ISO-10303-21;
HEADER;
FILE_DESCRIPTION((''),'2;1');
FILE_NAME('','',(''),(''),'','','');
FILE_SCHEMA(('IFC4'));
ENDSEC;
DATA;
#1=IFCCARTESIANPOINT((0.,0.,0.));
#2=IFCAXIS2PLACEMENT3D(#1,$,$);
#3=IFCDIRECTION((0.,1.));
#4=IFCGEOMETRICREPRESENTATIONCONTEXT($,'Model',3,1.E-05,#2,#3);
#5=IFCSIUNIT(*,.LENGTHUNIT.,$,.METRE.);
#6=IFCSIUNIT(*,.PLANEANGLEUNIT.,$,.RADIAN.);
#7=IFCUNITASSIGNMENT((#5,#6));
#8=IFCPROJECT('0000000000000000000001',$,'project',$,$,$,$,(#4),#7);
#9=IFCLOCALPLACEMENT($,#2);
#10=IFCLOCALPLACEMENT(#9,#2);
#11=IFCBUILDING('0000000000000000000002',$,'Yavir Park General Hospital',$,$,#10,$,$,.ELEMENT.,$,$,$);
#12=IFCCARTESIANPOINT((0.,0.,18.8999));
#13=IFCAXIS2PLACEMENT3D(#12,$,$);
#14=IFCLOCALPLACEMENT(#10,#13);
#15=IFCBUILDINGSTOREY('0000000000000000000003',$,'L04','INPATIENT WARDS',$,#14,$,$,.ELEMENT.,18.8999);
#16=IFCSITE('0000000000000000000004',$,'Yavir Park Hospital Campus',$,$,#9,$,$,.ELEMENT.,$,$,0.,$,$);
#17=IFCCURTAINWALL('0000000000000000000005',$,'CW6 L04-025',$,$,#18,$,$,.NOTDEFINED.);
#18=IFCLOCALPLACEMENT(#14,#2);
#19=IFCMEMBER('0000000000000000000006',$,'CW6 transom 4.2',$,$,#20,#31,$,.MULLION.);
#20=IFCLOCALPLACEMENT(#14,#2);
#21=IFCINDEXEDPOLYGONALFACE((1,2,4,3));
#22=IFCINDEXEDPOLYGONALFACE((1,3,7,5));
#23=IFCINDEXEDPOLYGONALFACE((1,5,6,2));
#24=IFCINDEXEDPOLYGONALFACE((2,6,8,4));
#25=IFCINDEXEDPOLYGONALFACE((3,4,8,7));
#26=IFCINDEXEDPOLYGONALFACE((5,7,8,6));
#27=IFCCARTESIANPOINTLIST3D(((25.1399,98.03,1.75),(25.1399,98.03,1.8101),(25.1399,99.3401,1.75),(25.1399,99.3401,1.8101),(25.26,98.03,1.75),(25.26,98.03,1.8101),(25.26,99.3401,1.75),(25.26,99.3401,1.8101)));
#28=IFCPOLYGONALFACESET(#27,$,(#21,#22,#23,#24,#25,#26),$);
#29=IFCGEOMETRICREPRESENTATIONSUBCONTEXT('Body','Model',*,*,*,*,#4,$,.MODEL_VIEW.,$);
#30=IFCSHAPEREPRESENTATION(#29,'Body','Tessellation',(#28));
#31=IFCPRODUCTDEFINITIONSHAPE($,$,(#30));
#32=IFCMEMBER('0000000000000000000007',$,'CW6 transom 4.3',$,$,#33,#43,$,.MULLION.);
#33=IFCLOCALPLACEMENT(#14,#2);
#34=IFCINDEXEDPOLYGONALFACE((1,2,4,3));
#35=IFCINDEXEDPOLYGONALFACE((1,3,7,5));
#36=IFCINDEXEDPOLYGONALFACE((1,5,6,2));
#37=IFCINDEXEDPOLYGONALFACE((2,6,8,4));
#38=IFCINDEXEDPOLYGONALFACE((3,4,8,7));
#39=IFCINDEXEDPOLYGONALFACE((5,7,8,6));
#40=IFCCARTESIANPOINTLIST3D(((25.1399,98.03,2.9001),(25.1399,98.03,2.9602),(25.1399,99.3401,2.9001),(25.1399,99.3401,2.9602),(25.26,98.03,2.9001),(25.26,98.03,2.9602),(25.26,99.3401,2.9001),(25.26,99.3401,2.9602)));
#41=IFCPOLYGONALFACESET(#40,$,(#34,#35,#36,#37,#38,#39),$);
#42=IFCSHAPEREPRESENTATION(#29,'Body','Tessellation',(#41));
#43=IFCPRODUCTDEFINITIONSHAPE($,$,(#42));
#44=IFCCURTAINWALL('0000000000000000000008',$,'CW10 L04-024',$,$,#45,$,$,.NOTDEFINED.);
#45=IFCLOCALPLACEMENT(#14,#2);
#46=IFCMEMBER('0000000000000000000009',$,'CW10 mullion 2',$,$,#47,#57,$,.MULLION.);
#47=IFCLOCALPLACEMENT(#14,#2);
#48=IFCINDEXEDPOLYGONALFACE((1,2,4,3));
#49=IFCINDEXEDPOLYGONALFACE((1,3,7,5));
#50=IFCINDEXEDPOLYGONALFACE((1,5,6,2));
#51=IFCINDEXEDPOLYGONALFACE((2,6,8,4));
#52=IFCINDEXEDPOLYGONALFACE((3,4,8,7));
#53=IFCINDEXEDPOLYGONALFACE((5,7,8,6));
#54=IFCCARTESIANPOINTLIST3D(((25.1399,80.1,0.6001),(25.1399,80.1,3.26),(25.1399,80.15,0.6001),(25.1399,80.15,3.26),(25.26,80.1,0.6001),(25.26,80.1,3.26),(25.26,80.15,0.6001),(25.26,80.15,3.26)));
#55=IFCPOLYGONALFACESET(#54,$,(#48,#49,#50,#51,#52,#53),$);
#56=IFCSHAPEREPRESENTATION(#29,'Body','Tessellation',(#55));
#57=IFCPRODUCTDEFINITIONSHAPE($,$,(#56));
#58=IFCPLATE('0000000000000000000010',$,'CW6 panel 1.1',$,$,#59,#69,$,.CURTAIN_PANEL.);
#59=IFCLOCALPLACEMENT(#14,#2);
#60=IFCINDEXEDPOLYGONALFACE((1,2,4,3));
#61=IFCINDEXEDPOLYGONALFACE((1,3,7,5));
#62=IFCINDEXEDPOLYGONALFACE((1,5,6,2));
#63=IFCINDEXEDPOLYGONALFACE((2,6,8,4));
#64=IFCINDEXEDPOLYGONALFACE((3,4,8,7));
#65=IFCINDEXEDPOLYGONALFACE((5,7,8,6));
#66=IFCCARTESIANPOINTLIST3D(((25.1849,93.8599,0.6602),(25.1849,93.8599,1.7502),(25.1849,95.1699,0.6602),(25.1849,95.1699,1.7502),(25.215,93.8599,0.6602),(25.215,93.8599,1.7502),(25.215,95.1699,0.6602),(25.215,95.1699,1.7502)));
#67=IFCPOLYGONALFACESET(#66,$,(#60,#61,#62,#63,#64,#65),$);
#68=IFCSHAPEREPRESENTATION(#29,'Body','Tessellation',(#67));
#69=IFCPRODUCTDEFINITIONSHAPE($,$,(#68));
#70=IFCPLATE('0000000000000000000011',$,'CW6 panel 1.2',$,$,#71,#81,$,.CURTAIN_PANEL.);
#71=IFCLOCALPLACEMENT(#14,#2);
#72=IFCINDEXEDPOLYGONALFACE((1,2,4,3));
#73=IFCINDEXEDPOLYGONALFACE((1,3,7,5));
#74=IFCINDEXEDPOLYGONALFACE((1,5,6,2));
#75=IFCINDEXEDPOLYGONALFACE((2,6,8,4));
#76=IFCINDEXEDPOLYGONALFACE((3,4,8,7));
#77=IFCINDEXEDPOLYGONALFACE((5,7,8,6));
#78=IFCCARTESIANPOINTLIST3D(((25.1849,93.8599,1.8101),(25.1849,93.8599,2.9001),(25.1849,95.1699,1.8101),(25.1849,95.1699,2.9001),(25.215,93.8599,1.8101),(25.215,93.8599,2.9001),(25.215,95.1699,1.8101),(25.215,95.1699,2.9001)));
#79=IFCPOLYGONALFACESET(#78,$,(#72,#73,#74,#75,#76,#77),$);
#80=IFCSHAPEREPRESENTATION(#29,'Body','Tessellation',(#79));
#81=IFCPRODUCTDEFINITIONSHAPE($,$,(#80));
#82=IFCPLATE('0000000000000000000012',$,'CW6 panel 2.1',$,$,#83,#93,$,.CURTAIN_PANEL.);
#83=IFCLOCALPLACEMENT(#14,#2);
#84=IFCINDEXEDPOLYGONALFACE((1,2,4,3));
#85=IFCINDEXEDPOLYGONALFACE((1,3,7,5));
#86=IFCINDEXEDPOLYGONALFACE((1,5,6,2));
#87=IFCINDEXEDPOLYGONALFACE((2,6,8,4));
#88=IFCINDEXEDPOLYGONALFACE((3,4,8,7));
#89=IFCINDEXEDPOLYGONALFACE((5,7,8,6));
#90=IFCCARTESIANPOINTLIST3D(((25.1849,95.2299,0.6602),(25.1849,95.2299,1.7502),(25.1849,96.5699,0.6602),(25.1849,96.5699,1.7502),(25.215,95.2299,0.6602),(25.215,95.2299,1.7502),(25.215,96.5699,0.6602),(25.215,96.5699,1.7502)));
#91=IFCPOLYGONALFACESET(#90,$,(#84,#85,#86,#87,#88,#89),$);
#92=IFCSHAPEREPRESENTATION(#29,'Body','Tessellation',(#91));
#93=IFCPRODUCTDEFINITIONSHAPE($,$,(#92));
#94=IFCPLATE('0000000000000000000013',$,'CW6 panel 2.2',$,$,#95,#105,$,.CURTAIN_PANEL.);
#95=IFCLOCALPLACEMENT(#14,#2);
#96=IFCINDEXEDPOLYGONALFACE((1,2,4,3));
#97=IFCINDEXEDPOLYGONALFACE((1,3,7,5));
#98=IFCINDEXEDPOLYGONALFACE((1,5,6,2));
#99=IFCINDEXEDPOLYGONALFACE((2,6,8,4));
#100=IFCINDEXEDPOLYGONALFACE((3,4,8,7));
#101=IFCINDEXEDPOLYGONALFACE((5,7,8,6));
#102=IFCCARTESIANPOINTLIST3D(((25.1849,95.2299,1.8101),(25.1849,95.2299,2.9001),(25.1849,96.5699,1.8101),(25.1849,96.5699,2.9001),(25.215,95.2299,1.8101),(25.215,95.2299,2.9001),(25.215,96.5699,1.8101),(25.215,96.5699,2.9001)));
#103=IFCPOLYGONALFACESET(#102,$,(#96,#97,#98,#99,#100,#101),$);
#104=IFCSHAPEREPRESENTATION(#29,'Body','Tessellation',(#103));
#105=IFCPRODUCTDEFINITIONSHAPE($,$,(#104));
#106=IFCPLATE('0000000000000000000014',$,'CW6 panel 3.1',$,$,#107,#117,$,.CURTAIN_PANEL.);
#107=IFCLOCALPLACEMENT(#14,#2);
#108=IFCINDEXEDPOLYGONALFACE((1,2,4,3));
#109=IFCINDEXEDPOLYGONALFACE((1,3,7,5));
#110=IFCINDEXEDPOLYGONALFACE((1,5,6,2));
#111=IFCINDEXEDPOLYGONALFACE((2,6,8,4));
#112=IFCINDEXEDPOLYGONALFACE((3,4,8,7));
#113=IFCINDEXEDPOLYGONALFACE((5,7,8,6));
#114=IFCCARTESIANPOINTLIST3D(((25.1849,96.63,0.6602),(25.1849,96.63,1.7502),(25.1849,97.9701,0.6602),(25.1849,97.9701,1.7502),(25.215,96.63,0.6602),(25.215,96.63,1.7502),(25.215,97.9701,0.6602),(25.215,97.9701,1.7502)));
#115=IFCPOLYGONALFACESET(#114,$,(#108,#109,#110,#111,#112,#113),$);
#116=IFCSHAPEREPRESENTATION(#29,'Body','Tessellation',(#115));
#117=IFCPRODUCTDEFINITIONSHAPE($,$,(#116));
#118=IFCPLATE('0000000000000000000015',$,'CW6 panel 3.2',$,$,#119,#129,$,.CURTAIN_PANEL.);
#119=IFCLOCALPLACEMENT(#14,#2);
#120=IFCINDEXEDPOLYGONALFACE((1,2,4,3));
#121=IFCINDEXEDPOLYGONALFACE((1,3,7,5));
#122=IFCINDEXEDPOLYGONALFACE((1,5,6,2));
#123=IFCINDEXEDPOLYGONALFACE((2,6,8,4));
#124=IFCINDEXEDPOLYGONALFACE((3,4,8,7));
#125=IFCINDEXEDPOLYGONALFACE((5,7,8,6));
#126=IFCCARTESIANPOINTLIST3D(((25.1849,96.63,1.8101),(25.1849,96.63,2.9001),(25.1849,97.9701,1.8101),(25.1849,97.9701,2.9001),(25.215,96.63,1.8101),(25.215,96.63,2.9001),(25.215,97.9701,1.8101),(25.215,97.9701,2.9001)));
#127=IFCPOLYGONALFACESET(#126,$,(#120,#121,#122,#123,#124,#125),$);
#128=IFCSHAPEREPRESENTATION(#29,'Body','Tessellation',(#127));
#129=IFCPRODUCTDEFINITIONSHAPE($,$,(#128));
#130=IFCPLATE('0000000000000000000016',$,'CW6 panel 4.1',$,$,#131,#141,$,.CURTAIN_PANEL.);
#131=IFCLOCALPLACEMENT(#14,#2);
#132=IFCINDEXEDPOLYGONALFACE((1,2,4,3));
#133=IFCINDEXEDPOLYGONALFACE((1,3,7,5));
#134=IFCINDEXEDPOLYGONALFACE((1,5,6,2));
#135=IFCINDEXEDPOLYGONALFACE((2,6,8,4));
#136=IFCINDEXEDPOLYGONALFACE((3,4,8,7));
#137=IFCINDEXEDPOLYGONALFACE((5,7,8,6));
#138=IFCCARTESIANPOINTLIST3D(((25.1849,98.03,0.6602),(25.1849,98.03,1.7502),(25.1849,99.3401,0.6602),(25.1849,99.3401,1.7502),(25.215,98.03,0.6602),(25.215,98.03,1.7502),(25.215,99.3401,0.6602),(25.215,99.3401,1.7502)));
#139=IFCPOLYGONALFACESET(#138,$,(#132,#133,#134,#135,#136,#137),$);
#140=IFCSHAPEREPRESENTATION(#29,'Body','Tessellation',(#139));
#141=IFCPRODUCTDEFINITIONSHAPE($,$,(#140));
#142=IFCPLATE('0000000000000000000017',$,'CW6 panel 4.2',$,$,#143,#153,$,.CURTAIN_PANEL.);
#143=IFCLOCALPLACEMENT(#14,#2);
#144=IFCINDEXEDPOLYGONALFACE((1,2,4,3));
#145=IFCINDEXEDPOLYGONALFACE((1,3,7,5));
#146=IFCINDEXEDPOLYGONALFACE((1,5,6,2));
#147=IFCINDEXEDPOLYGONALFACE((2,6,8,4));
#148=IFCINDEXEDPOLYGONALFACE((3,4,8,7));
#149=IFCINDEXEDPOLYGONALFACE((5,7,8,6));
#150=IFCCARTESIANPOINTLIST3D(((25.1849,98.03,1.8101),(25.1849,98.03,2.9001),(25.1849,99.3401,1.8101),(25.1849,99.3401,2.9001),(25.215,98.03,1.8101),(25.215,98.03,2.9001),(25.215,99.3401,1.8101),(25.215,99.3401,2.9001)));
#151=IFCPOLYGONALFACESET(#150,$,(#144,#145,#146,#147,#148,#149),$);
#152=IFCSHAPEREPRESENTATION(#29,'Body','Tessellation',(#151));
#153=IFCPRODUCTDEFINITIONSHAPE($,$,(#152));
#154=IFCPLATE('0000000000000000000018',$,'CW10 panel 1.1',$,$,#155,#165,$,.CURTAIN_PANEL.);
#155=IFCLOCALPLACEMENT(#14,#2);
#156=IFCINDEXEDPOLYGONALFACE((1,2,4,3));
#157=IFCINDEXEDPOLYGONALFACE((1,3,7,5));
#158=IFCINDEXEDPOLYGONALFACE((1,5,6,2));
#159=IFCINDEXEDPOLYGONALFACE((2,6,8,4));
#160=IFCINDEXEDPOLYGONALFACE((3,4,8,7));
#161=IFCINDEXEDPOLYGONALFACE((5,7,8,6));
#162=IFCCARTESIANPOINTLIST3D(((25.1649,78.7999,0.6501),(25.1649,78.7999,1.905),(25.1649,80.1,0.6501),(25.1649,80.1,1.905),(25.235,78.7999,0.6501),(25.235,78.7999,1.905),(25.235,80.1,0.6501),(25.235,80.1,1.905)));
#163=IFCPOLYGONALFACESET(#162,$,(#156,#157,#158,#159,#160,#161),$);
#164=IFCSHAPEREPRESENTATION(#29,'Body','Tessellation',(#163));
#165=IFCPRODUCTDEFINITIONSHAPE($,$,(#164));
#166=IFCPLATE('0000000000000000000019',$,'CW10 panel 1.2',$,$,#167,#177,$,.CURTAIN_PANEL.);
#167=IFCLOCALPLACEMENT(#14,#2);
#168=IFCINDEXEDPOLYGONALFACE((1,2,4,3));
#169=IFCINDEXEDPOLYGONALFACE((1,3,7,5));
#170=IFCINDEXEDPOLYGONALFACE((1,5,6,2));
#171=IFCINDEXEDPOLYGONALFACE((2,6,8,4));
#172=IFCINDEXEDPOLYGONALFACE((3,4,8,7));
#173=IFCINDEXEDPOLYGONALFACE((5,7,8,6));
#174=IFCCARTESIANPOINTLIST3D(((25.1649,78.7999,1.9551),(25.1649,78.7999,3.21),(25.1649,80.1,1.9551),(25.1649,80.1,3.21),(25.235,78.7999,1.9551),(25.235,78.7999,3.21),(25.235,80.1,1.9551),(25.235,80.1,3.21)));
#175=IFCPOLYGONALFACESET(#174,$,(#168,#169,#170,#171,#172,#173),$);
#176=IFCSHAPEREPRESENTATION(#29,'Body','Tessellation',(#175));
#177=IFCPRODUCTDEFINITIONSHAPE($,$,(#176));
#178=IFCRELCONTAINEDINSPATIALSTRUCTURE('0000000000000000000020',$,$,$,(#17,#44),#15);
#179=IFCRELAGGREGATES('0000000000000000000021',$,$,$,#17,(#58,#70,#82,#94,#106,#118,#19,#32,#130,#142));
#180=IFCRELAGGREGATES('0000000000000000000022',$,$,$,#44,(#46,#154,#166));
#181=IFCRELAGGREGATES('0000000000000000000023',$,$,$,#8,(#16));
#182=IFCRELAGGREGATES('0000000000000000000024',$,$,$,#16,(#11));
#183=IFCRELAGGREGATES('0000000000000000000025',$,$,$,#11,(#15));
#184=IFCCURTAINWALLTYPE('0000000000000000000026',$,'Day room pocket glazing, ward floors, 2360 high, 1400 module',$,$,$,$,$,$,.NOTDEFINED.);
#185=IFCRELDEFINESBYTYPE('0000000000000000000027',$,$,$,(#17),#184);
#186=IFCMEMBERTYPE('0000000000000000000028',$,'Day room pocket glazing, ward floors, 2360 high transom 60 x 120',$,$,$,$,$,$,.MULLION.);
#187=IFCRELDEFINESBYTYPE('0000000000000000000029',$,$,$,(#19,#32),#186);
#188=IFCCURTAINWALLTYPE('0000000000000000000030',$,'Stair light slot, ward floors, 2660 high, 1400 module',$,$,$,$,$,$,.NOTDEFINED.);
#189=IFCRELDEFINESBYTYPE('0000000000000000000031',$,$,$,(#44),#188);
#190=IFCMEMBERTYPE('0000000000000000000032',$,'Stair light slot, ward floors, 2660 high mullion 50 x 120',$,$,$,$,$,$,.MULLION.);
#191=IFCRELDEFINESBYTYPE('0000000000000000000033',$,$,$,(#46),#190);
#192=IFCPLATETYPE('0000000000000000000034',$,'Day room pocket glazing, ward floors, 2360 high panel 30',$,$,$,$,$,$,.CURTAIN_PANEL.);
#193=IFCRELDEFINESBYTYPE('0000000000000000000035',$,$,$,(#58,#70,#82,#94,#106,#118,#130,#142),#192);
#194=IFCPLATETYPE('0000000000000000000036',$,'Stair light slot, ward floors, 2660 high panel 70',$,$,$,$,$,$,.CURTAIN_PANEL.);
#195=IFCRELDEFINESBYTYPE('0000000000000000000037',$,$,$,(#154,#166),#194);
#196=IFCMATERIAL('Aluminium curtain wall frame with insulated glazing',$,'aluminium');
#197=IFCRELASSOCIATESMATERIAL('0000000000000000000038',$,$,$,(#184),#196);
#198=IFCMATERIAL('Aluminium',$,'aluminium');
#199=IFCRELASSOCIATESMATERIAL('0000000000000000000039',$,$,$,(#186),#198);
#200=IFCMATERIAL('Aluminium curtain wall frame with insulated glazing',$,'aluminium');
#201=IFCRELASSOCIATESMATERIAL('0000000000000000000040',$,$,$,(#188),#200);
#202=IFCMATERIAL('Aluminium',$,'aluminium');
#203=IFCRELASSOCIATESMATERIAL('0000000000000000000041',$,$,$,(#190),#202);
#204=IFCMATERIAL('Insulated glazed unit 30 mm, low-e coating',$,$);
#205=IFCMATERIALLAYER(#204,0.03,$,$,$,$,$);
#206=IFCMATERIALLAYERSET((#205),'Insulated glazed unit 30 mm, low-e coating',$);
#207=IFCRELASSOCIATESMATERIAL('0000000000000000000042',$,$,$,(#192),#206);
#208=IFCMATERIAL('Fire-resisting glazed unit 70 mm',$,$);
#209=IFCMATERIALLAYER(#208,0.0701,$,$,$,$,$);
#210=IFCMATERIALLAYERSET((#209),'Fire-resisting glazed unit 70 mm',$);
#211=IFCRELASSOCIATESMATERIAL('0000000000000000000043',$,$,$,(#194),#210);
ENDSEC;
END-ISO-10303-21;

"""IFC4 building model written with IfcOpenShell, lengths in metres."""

from ifc_helpers import new_model, si_unit, direction, frame, origin, origin_2d, place, context, subcontext, project, spatial, rectangle, extrude, material, layer, layer_set, material_profile, profile_set, type_object, element, aggregate, save


model = new_model("IFC4")

# Units and contexts
model_context = context("Model", 3, precision=1e-05, world=origin(), true_north=direction((0.0, 1.0)))
body_context = subcontext(model_context, "Body", "Model", "MODEL_VIEW")
ifc_project = project(units=[si_unit("LENGTHUNIT", "METRE"), si_unit("PLANEANGLEUNIT", "RADIAN")], contexts=[model_context])

# Site, building, storey
site_placement = place(None, origin())
site = spatial("IfcSite", under=ifc_project, at=site_placement, Name="Yavir Park Hospital Campus", CompositionType="ELEMENT", RefElevation=0.0)
building_placement = place(site_placement, origin())
building = spatial("IfcBuilding", under=site, at=building_placement, Name="Yavir Park General Hospital", CompositionType="ELEMENT")
storey_placement = place(building_placement, frame((0.0, 0.0, 18.8999)))
storey = spatial("IfcBuildingStorey", under=building, at=storey_placement, Name="L04", Description="INPATIENT WARDS", CompositionType="ELEMENT", Elevation=18.8999)

# Curtain wall, members
ifc_material_1 = material(Name="Aluminium curtain wall frame with insulated glazing", Category="aluminium")
curtain_wall_type_1 = type_object("IfcCurtainWallType", Name="Day room pocket glazing, ward floors, 2360 high, 1400 module", PredefinedType="NOTDEFINED", material=ifc_material_1)
curtain_wall_1_placement = place(storey_placement, origin())
curtain_wall_1 = element("IfcCurtainWall", 1, at=curtain_wall_1_placement, inside=storey, type_object=curtain_wall_type_1, Name="CW6 L04-025", PredefinedType="NOTDEFINED")
ifc_material_2 = material(Name="Aluminium", Category="aluminium")
ifc_material_profile_1 = material_profile(ifc_material_2, rectangle(XDim=0.1201, YDim=0.0601, at=origin_2d()), Name="AL 120x60")
ifc_profile_set_1 = profile_set([ifc_material_profile_1], Name="Aluminium")
member_type_1 = type_object("IfcMemberType", Name="Day room pocket glazing, ward floors, 2360 high transom 60 x 120", PredefinedType="MULLION", material=ifc_profile_set_1)
member_1_placement = place(storey_placement, frame((25.2, 98.03, 1.78), z_axis=(0.0, 1.0, 0.0), x_axis=(-1.0, 0.0, 0.0)))
member_1 = element("IfcMember", 2, at=member_1_placement, type_object=member_type_1, Name="CW6 transom 4.2", PredefinedType="MULLION", context=body_context, shape_type="SweptSolid", body=[
    extrude(rectangle(XDim=0.1201, YDim=0.0601, at=origin_2d()), origin(), (0.0, 0.0, 1.0), 1.3101),
])
member_2_placement = place(storey_placement, frame((25.2, 98.03, 2.9302), z_axis=(0.0, 1.0, 0.0), x_axis=(-1.0, 0.0, 0.0)))
member_2 = element("IfcMember", 3, at=member_2_placement, type_object=member_type_1, Name="CW6 transom 4.3", PredefinedType="MULLION", context=body_context, shape_type="SweptSolid", body=[
    extrude(rectangle(XDim=0.1201, YDim=0.0601, at=origin_2d()), origin(), (0.0, 0.0, 1.0), 1.3101),
])

# Curtain wall, member
ifc_material_3 = material(Name="Aluminium curtain wall frame with insulated glazing", Category="aluminium")
curtain_wall_type_2 = type_object("IfcCurtainWallType", Name="Stair light slot, ward floors, 2660 high, 1400 module", PredefinedType="NOTDEFINED", material=ifc_material_3)
curtain_wall_2_placement = place(storey_placement, origin())
curtain_wall_2 = element("IfcCurtainWall", 4, at=curtain_wall_2_placement, inside=storey, type_object=curtain_wall_type_2, Name="CW10 L04-024", PredefinedType="NOTDEFINED")
ifc_material_4 = material(Name="Aluminium", Category="aluminium")
ifc_material_profile_2 = material_profile(ifc_material_4, rectangle(XDim=0.1201, YDim=0.05, at=origin_2d()), Name="AL 50x120")
ifc_profile_set_2 = profile_set([ifc_material_profile_2], Name="Aluminium")
member_type_2 = type_object("IfcMemberType", Name="Stair light slot, ward floors, 2660 high mullion 50 x 120", PredefinedType="MULLION", material=ifc_profile_set_2)
member_3_placement = place(storey_placement, frame((25.2, 80.125, 0.6001), z_axis=(0.0, 0.0, 1.0), x_axis=(-1.0, 0.0, 0.0)))
member_3 = element("IfcMember", 5, at=member_3_placement, type_object=member_type_2, Name="CW10 mullion 2", PredefinedType="MULLION", context=body_context, shape_type="SweptSolid", body=[
    extrude(rectangle(XDim=0.1201, YDim=0.05, at=origin_2d()), origin(), (0.0, 0.0, 1.0), 2.6599),
])

# Plates
ifc_material_5 = material(Name="Insulated glazed unit 30 mm, low-e coating")
ifc_layer_1 = layer(ifc_material_5, 0.03)
ifc_layer_set_1 = layer_set([ifc_layer_1], Name="Insulated glazed unit 30 mm, low-e coating")
plate_type_1 = type_object("IfcPlateType", Name="Day room pocket glazing, ward floors, 2360 high panel 30", PredefinedType="CURTAIN_PANEL", material=ifc_layer_set_1)
plate_1_placement = place(storey_placement, frame((25.2, 94.5149, 0.6602), z_axis=(0.0, 0.0, 1.0), x_axis=(0.0, 1.0, 0.0)))
plate_1 = element("IfcPlate", 6, at=plate_1_placement, type_object=plate_type_1, Name="CW6 panel 1.1", PredefinedType="CURTAIN_PANEL", context=body_context, shape_type="SweptSolid", body=[
    extrude(rectangle(XDim=1.3101, YDim=0.03, at=origin_2d()), origin(), (0.0, 0.0, 1.0), 1.0901),
])
plate_2_placement = place(storey_placement, frame((25.2, 94.5149, 1.8101), z_axis=(0.0, 0.0, 1.0), x_axis=(0.0, 1.0, 0.0)))
plate_2 = element("IfcPlate", 7, at=plate_2_placement, type_object=plate_type_1, Name="CW6 panel 1.2", PredefinedType="CURTAIN_PANEL", context=body_context, shape_type="SweptSolid", body=[
    extrude(rectangle(XDim=1.3101, YDim=0.03, at=origin_2d()), origin(), (0.0, 0.0, 1.0), 1.0901),
])
plate_3_placement = place(storey_placement, frame((25.2, 95.8999, 0.6602), z_axis=(0.0, 0.0, 1.0), x_axis=(0.0, 1.0, 0.0)))
plate_3 = element("IfcPlate", 8, at=plate_3_placement, type_object=plate_type_1, Name="CW6 panel 2.1", PredefinedType="CURTAIN_PANEL", context=body_context, shape_type="SweptSolid", body=[
    extrude(rectangle(XDim=1.3401, YDim=0.03, at=origin_2d()), origin(), (0.0, 0.0, 1.0), 1.0901),
])
plate_4_placement = place(storey_placement, frame((25.2, 95.8999, 1.8101), z_axis=(0.0, 0.0, 1.0), x_axis=(0.0, 1.0, 0.0)))
plate_4 = element("IfcPlate", 9, at=plate_4_placement, type_object=plate_type_1, Name="CW6 panel 2.2", PredefinedType="CURTAIN_PANEL", context=body_context, shape_type="SweptSolid", body=[
    extrude(rectangle(XDim=1.3401, YDim=0.03, at=origin_2d()), origin(), (0.0, 0.0, 1.0), 1.0901),
])
plate_5_placement = place(storey_placement, frame((25.2, 97.3, 0.6602), z_axis=(0.0, 0.0, 1.0), x_axis=(0.0, 1.0, 0.0)))
plate_5 = element("IfcPlate", 10, at=plate_5_placement, type_object=plate_type_1, Name="CW6 panel 3.1", PredefinedType="CURTAIN_PANEL", context=body_context, shape_type="SweptSolid", body=[
    extrude(rectangle(XDim=1.3401, YDim=0.03, at=origin_2d()), origin(), (0.0, 0.0, 1.0), 1.0901),
])
plate_6_placement = place(storey_placement, frame((25.2, 97.3, 1.8101), z_axis=(0.0, 0.0, 1.0), x_axis=(0.0, 1.0, 0.0)))
plate_6 = element("IfcPlate", 11, at=plate_6_placement, type_object=plate_type_1, Name="CW6 panel 3.2", PredefinedType="CURTAIN_PANEL", context=body_context, shape_type="SweptSolid", body=[
    extrude(rectangle(XDim=1.3401, YDim=0.03, at=origin_2d()), origin(), (0.0, 0.0, 1.0), 1.0901),
])
plate_7_placement = place(storey_placement, frame((25.2, 98.6851, 0.6602), z_axis=(0.0, 0.0, 1.0), x_axis=(0.0, 1.0, 0.0)))
plate_7 = element("IfcPlate", 12, at=plate_7_placement, type_object=plate_type_1, Name="CW6 panel 4.1", PredefinedType="CURTAIN_PANEL", context=body_context, shape_type="SweptSolid", body=[
    extrude(rectangle(XDim=1.3101, YDim=0.03, at=origin_2d()), origin(), (0.0, 0.0, 1.0), 1.0901),
])
plate_8_placement = place(storey_placement, frame((25.2, 98.6851, 1.8101), z_axis=(0.0, 0.0, 1.0), x_axis=(0.0, 1.0, 0.0)))
plate_8 = element("IfcPlate", 13, at=plate_8_placement, type_object=plate_type_1, Name="CW6 panel 4.2", PredefinedType="CURTAIN_PANEL", context=body_context, shape_type="SweptSolid", body=[
    extrude(rectangle(XDim=1.3101, YDim=0.03, at=origin_2d()), origin(), (0.0, 0.0, 1.0), 1.0901),
])
aggregate(curtain_wall_1, [plate_1, plate_2, plate_3, plate_4, plate_5, plate_6, member_1, member_2, plate_7, plate_8])
ifc_material_6 = material(Name="Fire-resisting glazed unit 70 mm")
ifc_layer_2 = layer(ifc_material_6, 0.0701)
ifc_layer_set_2 = layer_set([ifc_layer_2], Name="Fire-resisting glazed unit 70 mm")
plate_type_2 = type_object("IfcPlateType", Name="Stair light slot, ward floors, 2660 high panel 70", PredefinedType="CURTAIN_PANEL", material=ifc_layer_set_2)
plate_9_placement = place(storey_placement, frame((25.2, 79.45, 0.6501), z_axis=(0.0, 0.0, 1.0), x_axis=(0.0, 1.0, 0.0)))
plate_9 = element("IfcPlate", 14, at=plate_9_placement, type_object=plate_type_2, Name="CW10 panel 1.1", PredefinedType="CURTAIN_PANEL", context=body_context, shape_type="SweptSolid", body=[
    extrude(rectangle(XDim=1.3, YDim=0.0701, at=origin_2d()), origin(), (0.0, 0.0, 1.0), 1.2549),
])
plate_10_placement = place(storey_placement, frame((25.2, 79.45, 1.9551), z_axis=(0.0, 0.0, 1.0), x_axis=(0.0, 1.0, 0.0)))
plate_10 = element("IfcPlate", 15, at=plate_10_placement, type_object=plate_type_2, Name="CW10 panel 1.2", PredefinedType="CURTAIN_PANEL", context=body_context, shape_type="SweptSolid", body=[
    extrude(rectangle(XDim=1.3, YDim=0.0701, at=origin_2d()), origin(), (0.0, 0.0, 1.0), 1.2549),
])
aggregate(curtain_wall_2, [member_3, plate_9, plate_10])

save(model, "model.ifc")
